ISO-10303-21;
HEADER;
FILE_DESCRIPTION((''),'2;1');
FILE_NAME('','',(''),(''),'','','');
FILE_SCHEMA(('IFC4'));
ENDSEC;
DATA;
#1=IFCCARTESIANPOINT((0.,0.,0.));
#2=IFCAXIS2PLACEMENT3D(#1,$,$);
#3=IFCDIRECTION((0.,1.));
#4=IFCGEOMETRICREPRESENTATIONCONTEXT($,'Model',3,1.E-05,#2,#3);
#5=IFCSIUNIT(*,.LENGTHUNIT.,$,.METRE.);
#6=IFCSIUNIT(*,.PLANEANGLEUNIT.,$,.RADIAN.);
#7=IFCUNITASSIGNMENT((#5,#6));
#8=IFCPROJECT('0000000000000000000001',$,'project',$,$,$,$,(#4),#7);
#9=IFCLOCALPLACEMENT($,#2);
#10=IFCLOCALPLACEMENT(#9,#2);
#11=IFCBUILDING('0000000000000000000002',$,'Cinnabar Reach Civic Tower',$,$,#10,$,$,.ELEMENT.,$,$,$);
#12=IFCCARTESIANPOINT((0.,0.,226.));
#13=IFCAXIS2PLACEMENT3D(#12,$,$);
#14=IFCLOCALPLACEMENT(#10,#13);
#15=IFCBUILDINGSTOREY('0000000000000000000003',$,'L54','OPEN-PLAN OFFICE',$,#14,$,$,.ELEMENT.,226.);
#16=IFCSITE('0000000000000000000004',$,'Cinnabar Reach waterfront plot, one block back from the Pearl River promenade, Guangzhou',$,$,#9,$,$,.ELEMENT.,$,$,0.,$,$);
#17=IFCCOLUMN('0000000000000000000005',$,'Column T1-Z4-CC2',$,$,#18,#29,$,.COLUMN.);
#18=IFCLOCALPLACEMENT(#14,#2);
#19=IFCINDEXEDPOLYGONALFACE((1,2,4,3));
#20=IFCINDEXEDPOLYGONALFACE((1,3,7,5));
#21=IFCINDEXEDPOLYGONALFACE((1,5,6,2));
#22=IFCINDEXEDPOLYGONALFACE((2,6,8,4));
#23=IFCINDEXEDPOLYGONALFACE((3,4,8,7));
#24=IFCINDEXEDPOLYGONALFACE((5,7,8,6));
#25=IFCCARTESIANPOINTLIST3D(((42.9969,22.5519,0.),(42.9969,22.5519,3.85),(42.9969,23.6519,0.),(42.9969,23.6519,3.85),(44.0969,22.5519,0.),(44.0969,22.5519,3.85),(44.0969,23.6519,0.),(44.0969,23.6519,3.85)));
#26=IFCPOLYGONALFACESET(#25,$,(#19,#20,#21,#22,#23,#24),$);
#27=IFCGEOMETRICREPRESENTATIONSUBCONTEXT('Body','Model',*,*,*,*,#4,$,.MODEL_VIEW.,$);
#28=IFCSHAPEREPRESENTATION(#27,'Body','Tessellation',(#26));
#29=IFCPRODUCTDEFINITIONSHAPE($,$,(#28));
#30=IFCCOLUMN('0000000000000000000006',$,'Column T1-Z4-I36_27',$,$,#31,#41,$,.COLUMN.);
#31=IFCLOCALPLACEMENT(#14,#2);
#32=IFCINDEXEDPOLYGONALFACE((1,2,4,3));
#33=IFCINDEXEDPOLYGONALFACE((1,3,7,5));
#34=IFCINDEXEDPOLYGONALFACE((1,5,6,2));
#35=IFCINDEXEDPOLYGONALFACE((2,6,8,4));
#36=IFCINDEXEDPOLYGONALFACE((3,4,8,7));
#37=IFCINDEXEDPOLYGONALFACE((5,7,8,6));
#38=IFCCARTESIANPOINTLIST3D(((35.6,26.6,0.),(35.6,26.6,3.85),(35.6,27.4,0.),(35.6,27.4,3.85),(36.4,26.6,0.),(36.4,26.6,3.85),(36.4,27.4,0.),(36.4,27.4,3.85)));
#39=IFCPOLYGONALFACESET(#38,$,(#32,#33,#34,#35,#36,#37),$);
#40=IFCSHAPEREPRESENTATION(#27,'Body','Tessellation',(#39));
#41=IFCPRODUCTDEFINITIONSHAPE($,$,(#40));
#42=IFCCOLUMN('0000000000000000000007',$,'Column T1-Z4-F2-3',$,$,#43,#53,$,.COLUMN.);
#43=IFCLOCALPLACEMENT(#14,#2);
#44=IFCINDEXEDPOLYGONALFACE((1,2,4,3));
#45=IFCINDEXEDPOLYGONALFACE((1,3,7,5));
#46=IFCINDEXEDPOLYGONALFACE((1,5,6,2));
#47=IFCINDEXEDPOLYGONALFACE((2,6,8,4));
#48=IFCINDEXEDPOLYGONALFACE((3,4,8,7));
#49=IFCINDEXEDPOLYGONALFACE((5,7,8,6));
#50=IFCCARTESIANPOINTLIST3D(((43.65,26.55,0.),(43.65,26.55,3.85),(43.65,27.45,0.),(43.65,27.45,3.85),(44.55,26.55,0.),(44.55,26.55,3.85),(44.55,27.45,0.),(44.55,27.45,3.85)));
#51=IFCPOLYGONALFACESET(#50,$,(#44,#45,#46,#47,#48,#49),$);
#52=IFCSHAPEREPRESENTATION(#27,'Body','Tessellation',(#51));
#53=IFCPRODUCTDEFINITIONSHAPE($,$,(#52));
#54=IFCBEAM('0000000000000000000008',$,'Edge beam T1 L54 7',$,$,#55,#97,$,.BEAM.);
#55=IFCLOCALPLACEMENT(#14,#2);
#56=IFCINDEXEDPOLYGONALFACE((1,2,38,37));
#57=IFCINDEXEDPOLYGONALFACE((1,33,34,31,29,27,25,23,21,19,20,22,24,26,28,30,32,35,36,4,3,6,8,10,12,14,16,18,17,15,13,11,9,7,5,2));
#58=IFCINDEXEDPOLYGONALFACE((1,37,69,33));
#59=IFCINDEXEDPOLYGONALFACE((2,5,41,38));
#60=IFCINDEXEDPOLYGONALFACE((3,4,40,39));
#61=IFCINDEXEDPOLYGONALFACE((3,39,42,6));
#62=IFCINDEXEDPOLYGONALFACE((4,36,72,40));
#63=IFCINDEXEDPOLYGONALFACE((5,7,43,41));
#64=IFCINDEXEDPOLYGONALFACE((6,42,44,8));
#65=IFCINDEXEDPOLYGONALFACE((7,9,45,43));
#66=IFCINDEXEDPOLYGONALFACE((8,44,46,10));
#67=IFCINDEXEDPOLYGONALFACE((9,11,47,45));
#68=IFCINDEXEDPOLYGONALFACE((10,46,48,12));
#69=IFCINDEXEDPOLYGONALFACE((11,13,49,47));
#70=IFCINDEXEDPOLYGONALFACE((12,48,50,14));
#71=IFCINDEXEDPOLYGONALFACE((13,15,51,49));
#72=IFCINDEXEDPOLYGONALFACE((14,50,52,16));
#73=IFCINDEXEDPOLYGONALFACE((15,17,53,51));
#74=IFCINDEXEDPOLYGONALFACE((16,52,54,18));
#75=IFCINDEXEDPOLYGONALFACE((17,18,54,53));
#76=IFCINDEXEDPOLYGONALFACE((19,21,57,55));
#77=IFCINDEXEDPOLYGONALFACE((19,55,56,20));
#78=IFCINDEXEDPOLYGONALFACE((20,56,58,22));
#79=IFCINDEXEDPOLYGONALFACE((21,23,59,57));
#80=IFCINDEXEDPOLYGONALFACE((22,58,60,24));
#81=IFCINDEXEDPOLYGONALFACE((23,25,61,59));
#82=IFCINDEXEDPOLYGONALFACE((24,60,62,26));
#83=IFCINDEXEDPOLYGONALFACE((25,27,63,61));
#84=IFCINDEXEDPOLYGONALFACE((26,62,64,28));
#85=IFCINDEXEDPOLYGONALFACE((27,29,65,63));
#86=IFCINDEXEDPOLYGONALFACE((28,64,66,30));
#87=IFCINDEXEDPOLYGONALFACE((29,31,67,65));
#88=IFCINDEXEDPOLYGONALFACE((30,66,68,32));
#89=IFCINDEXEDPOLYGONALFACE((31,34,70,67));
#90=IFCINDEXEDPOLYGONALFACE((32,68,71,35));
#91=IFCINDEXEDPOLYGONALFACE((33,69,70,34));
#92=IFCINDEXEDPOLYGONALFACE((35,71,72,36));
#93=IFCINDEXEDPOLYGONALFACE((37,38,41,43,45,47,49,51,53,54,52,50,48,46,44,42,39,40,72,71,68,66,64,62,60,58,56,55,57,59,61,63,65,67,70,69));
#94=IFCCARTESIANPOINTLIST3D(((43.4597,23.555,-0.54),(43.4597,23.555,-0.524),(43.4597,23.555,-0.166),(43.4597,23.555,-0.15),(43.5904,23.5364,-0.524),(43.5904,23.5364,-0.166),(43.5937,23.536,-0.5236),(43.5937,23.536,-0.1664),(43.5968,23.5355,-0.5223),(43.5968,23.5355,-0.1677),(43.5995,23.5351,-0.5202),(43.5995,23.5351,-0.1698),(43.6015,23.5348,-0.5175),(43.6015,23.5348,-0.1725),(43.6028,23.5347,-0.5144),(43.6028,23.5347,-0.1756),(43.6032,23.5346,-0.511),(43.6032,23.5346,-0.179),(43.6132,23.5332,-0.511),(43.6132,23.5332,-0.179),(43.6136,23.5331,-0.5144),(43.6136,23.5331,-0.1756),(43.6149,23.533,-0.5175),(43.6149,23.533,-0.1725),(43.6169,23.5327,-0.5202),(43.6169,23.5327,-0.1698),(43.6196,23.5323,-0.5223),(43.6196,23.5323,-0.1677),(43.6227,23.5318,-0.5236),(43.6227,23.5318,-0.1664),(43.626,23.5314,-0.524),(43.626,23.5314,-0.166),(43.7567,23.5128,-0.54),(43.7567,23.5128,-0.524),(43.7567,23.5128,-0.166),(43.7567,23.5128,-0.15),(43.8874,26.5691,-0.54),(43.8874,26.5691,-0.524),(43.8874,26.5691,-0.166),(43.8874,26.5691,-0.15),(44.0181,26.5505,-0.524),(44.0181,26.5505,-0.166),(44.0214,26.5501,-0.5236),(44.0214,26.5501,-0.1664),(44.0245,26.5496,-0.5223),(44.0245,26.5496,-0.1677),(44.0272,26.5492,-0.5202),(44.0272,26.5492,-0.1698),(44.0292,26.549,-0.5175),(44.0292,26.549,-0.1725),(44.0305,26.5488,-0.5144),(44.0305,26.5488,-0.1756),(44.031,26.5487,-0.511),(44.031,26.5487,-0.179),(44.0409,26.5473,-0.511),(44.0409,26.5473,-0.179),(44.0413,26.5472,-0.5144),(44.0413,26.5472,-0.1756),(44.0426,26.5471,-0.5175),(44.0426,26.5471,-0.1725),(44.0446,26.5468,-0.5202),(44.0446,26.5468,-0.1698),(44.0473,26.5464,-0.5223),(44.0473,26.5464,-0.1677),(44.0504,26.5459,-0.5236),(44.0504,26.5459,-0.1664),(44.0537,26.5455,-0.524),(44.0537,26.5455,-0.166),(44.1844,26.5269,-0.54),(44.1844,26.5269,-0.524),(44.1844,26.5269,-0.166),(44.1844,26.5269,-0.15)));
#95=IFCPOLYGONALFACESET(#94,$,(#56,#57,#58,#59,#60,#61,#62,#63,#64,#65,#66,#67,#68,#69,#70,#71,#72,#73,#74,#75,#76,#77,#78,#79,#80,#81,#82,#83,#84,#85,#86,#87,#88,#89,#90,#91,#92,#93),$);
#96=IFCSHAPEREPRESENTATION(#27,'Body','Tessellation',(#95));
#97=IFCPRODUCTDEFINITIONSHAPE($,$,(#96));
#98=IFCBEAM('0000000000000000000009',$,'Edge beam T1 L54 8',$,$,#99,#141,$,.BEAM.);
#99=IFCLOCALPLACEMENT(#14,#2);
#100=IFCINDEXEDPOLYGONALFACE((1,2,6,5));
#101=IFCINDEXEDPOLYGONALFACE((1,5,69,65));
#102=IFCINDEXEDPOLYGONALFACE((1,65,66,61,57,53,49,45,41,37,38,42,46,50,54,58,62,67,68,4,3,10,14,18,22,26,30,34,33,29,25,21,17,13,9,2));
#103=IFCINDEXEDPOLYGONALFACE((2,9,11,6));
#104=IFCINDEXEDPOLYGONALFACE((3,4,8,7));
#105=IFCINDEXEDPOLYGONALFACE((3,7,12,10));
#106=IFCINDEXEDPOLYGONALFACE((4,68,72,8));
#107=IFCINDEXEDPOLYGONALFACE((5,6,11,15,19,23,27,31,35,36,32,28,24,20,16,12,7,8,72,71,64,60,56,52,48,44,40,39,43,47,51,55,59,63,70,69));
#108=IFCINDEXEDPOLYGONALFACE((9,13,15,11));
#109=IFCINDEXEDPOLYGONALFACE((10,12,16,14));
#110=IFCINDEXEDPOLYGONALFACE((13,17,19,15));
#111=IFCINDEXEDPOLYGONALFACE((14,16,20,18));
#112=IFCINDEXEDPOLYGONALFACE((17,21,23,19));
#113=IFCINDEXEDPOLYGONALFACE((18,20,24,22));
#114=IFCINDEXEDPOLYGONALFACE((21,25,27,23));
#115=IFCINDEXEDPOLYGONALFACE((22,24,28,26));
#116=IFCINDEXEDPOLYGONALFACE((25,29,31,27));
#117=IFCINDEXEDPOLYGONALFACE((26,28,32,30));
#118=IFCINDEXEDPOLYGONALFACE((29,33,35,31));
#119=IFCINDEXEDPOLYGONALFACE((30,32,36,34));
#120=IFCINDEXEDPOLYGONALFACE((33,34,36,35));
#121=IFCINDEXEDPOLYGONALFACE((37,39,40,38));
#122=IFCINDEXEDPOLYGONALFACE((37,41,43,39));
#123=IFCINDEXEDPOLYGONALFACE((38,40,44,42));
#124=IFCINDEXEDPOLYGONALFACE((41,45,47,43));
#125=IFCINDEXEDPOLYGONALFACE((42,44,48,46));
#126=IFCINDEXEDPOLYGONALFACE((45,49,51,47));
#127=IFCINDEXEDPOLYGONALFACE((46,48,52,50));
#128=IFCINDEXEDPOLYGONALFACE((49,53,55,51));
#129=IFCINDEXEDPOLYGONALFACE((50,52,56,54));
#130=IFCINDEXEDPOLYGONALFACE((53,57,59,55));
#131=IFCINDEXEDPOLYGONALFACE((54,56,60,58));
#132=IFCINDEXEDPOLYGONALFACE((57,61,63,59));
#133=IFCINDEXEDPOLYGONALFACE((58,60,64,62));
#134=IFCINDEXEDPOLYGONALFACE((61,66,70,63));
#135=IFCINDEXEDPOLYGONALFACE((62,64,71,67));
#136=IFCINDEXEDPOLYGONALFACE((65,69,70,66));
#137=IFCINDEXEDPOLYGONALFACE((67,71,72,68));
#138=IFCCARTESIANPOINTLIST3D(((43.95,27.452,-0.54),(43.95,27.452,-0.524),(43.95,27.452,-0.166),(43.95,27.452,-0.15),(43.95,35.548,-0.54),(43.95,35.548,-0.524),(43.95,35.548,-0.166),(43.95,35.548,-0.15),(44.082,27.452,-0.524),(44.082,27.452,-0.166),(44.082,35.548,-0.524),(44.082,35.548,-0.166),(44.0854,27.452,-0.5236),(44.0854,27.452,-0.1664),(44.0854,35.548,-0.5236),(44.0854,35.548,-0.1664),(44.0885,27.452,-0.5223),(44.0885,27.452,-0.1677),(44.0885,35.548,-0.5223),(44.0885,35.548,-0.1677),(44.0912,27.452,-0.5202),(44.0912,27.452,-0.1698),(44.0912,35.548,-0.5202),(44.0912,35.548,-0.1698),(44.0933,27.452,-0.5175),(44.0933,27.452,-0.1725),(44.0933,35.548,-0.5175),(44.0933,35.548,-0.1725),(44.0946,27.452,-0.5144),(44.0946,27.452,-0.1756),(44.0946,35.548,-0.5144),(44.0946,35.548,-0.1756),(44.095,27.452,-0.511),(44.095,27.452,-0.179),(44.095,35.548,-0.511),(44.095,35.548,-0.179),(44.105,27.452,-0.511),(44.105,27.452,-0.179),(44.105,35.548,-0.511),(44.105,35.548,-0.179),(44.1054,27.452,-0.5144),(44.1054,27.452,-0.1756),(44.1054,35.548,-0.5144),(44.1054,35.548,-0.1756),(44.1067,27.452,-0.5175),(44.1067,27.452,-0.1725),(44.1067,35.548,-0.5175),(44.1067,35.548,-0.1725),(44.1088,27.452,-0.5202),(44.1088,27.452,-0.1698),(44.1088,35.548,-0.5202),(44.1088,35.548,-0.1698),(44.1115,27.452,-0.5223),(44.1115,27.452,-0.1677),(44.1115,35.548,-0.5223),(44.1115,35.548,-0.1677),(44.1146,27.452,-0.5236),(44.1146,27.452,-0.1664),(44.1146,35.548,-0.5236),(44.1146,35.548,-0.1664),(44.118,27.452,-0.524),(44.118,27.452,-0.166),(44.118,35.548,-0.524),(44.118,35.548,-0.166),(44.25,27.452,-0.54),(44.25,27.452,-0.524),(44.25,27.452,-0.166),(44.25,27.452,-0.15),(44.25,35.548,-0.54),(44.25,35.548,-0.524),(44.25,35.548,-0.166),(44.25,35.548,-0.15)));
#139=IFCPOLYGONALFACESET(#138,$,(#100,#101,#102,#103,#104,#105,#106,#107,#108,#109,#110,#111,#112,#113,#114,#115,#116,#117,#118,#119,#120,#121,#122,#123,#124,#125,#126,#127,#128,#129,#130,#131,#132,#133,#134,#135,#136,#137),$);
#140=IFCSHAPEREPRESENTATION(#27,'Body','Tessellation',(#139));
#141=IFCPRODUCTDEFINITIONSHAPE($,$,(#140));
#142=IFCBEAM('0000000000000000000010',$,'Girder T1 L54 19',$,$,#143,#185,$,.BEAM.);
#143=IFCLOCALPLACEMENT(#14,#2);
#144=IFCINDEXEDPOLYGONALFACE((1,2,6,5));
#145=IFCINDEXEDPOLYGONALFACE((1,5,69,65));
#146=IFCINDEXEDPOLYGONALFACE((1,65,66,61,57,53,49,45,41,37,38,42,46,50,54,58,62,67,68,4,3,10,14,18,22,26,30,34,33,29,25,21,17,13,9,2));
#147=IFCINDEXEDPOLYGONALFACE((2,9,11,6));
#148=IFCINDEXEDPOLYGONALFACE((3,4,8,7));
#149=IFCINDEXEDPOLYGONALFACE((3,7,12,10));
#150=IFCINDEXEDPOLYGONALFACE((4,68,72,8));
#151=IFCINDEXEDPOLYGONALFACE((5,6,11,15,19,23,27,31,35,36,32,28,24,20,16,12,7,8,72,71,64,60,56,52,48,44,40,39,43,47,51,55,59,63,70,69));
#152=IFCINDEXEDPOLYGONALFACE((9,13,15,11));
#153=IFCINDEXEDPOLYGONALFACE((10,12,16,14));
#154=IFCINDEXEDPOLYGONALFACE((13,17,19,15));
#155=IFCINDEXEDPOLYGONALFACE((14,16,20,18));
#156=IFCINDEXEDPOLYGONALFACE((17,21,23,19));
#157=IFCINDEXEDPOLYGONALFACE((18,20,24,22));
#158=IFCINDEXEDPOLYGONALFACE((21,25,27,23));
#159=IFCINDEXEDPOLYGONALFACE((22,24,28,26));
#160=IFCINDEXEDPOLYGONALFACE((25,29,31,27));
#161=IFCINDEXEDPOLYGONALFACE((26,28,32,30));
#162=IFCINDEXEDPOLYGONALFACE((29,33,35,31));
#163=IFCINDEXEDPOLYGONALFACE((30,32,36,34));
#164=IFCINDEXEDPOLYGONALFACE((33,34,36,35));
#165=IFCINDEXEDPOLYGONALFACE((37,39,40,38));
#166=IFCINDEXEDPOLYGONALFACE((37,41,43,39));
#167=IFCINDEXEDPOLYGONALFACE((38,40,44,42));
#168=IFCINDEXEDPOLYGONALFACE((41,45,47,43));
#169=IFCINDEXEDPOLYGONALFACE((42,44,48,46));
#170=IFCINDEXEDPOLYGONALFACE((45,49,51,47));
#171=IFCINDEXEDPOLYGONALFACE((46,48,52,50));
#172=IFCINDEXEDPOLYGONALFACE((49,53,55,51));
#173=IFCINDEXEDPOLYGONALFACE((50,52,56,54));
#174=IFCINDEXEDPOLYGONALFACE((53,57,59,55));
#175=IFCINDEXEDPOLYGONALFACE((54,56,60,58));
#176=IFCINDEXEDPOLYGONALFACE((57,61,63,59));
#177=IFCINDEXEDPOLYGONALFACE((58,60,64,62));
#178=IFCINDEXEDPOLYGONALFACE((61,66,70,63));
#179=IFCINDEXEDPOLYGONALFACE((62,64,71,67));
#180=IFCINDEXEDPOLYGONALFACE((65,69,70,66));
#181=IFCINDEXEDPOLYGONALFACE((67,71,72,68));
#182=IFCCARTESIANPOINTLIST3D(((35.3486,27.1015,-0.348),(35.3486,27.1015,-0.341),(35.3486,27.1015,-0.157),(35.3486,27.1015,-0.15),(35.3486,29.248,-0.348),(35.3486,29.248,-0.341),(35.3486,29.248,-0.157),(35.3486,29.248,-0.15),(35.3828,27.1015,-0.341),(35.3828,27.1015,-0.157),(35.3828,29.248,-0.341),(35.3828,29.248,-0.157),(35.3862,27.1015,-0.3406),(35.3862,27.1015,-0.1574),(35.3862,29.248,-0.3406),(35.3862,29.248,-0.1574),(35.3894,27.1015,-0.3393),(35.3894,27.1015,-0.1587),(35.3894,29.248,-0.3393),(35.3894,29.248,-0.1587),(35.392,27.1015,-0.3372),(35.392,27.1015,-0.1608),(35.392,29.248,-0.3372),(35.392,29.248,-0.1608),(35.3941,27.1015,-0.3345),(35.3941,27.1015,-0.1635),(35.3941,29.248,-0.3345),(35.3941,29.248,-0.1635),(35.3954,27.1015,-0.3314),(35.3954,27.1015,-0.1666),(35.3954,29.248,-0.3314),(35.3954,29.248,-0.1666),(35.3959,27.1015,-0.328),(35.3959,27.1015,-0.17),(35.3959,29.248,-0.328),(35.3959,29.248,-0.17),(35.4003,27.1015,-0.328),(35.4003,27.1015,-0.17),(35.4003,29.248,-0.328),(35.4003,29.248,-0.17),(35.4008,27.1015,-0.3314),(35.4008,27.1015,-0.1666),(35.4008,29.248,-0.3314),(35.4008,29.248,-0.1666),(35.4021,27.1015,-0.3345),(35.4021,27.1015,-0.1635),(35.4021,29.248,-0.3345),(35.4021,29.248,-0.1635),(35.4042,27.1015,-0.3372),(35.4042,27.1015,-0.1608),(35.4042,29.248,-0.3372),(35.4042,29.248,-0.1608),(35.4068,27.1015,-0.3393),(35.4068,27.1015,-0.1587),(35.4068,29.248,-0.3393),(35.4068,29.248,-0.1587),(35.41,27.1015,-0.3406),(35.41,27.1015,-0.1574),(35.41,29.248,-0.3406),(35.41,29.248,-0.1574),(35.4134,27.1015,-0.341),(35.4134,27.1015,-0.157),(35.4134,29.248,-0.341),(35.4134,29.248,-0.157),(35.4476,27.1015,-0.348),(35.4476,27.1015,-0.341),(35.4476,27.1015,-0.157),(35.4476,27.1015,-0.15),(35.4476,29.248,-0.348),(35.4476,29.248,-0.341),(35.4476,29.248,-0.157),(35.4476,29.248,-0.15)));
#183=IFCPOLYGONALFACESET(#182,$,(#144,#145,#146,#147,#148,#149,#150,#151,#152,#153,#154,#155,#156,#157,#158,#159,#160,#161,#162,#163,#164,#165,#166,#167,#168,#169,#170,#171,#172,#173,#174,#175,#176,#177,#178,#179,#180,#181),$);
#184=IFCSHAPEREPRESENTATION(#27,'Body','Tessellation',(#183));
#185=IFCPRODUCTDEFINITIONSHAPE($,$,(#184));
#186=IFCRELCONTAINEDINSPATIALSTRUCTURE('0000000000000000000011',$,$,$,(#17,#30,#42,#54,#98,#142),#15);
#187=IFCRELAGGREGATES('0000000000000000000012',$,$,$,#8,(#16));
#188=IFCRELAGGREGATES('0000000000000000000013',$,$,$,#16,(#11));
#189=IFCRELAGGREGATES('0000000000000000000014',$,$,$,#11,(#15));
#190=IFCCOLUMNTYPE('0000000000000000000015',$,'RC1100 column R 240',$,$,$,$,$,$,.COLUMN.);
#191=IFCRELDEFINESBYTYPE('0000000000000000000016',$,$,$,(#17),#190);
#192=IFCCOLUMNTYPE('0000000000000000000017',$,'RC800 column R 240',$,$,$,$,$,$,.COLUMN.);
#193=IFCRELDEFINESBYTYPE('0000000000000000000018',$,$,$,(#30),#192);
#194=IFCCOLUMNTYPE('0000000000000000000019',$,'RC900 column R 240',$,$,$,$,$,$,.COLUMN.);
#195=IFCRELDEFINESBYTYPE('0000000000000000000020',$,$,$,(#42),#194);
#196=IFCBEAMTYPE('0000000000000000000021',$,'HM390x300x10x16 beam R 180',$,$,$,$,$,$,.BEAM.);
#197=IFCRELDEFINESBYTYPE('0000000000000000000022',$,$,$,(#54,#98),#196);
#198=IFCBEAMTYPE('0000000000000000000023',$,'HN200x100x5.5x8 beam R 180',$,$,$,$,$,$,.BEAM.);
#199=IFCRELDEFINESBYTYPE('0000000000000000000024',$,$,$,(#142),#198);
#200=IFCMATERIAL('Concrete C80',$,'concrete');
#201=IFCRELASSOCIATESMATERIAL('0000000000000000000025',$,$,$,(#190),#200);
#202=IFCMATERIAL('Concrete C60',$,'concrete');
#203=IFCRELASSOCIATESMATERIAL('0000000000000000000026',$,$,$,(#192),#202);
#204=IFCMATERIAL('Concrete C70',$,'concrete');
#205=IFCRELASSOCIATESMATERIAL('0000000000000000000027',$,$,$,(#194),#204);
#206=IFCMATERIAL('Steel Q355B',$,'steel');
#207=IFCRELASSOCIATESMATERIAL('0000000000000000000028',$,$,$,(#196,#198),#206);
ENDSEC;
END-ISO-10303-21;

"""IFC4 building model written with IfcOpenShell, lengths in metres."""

from ifc_helpers import new_model, si_unit, direction, frame, origin, origin_2d, place, context, subcontext, project, spatial, rectangle, i_section, extrude, material, material_profile, profile_set, type_object, element, save


model = new_model("IFC4")

# Units and contexts
model_context = context("Model", 3, precision=1e-05, world=origin(), true_north=direction((0.0, 1.0)))
body_context = subcontext(model_context, "Body", "Model", "MODEL_VIEW")
ifc_project = project(units=[si_unit("LENGTHUNIT", "METRE"), si_unit("PLANEANGLEUNIT", "RADIAN")], contexts=[model_context])

# Site, building, storey
site_placement = place(None, origin())
site = spatial("IfcSite", under=ifc_project, at=site_placement, Name="Cinnabar Reach waterfront plot, one block back from the Pearl River promenade, Guangzhou", CompositionType="ELEMENT", RefElevation=0.0)
building_placement = place(site_placement, origin())
building = spatial("IfcBuilding", under=site, at=building_placement, Name="Cinnabar Reach Civic Tower", CompositionType="ELEMENT")
storey_placement = place(building_placement, frame((0.0, 0.0, 226.0)))
storey = spatial("IfcBuildingStorey", under=building, at=storey_placement, Name="L54", Description="OPEN-PLAN OFFICE", CompositionType="ELEMENT", Elevation=226.0)

# Columns
ifc_material_1 = material(Name="Concrete C80", Category="concrete")
ifc_material_profile_1 = material_profile(ifc_material_1, rectangle(XDim=1.1, YDim=1.1, at=origin_2d()), Name="RC1100")
ifc_profile_set_1 = profile_set([ifc_material_profile_1], Name="Concrete C80")
column_type_1 = type_object("IfcColumnType", Name="RC1100 column R 240", PredefinedType="COLUMN", material=ifc_profile_set_1)
column_1_placement = place(storey_placement, frame((43.5469, 23.1019, 0.0), z_axis=(0.0, 0.0, 1.0), x_axis=(1.0, 0.0, 0.0)))
element("IfcColumn", 1, at=column_1_placement, inside=storey, type_object=column_type_1, Name="Column T1-Z4-CC2", PredefinedType="COLUMN", context=body_context, shape_type="SweptSolid", body=[
    extrude(rectangle(XDim=1.1, YDim=1.1, at=origin_2d()), origin(), (0.0, 0.0, 1.0), 3.85),
])
ifc_material_2 = material(Name="Concrete C60", Category="concrete")
ifc_material_profile_2 = material_profile(ifc_material_2, rectangle(XDim=0.8, YDim=0.8, at=origin_2d()), Name="RC800")
ifc_profile_set_2 = profile_set([ifc_material_profile_2], Name="Concrete C60")
column_type_2 = type_object("IfcColumnType", Name="RC800 column R 240", PredefinedType="COLUMN", material=ifc_profile_set_2)
column_2_placement = place(storey_placement, frame((36.0, 27.0, 0.0), z_axis=(0.0, 0.0, 1.0), x_axis=(1.0, 0.0, 0.0)))
element("IfcColumn", 2, at=column_2_placement, inside=storey, type_object=column_type_2, Name="Column T1-Z4-I36_27", PredefinedType="COLUMN", context=body_context, shape_type="SweptSolid", body=[
    extrude(rectangle(XDim=0.8, YDim=0.8, at=origin_2d()), origin(), (0.0, 0.0, 1.0), 3.85),
])
ifc_material_3 = material(Name="Concrete C70", Category="concrete")
ifc_material_profile_3 = material_profile(ifc_material_3, rectangle(XDim=0.9, YDim=0.9, at=origin_2d()), Name="RC900")
ifc_profile_set_3 = profile_set([ifc_material_profile_3], Name="Concrete C70")
column_type_3 = type_object("IfcColumnType", Name="RC900 column R 240", PredefinedType="COLUMN", material=ifc_profile_set_3)
column_3_placement = place(storey_placement, frame((44.1, 27.0, 0.0), z_axis=(0.0, 0.0, 1.0), x_axis=(1.0, 0.0, 0.0)))
element("IfcColumn", 3, at=column_3_placement, inside=storey, type_object=column_type_3, Name="Column T1-Z4-F2-3", PredefinedType="COLUMN", context=body_context, shape_type="SweptSolid", body=[
    extrude(rectangle(XDim=0.9, YDim=0.9, at=origin_2d()), origin(), (0.0, 0.0, 1.0), 3.85),
])

# Beams
ifc_material_4 = material(Name="Steel Q355B", Category="steel")
ifc_material_profile_4 = material_profile(ifc_material_4, i_section(OverallWidth=0.3, OverallDepth=0.39, WebThickness=0.01, FlangeThickness=0.016, FilletRadius=0.013, at=origin_2d()), Name="HM390x300x10x16")
ifc_profile_set_4 = profile_set([ifc_material_profile_4], Name="Steel Q355B")
beam_type_1 = type_object("IfcBeamType", Name="HM390x300x10x16 beam R 180", PredefinedType="BEAM", material=ifc_profile_set_4)
beam_1_placement = place(storey_placement, frame((43.6082, 23.5339, -0.345), z_axis=(0.140492, 0.990082, 0.0), x_axis=(-0.990082, 0.140492, 0.0)))
element("IfcBeam", 4, at=beam_1_placement, inside=storey, type_object=beam_type_1, Name="Edge beam T1 L54 7", PredefinedType="BEAM", context=body_context, shape_type="SweptSolid", body=[
    extrude(i_section(OverallWidth=0.3, OverallDepth=0.39, WebThickness=0.01, FlangeThickness=0.016, FilletRadius=0.013, at=origin_2d()), origin(), (0.0, 0.0, 1.0), 3.0443),
])
beam_2_placement = place(storey_placement, frame((44.1, 27.452, -0.345), z_axis=(0.0, 1.0, 0.0), x_axis=(-1.0, 0.0, 0.0)))
element("IfcBeam", 5, at=beam_2_placement, inside=storey, type_object=beam_type_1, Name="Edge beam T1 L54 8", PredefinedType="BEAM", context=body_context, shape_type="SweptSolid", body=[
    extrude(i_section(OverallWidth=0.3, OverallDepth=0.39, WebThickness=0.01, FlangeThickness=0.016, FilletRadius=0.013, at=origin_2d()), origin(), (0.0, 0.0, 1.0), 8.096),
])
ifc_material_profile_5 = material_profile(ifc_material_4, i_section(OverallWidth=0.099, OverallDepth=0.198, WebThickness=0.0045, FlangeThickness=0.007, FilletRadius=0.013, at=origin_2d()), Name="HN200x100x5.5x8")
ifc_profile_set_5 = profile_set([ifc_material_profile_5], Name="Steel Q355B")
beam_type_2 = type_object("IfcBeamType", Name="HN200x100x5.5x8 beam R 180", PredefinedType="BEAM", material=ifc_profile_set_5)
beam_3_placement = place(storey_placement, frame((35.3981, 27.1015, -0.249), z_axis=(0.0, 1.0, 0.0), x_axis=(-1.0, 0.0, 0.0)))
element("IfcBeam", 6, at=beam_3_placement, inside=storey, type_object=beam_type_2, Name="Girder T1 L54 19", PredefinedType="BEAM", context=body_context, shape_type="SweptSolid", body=[
    extrude(i_section(OverallWidth=0.099, OverallDepth=0.198, WebThickness=0.0045, FlangeThickness=0.007, FilletRadius=0.013, at=origin_2d()), origin(), (0.0, 0.0, 1.0), 2.1465),
])

save(model, "model.ifc")
